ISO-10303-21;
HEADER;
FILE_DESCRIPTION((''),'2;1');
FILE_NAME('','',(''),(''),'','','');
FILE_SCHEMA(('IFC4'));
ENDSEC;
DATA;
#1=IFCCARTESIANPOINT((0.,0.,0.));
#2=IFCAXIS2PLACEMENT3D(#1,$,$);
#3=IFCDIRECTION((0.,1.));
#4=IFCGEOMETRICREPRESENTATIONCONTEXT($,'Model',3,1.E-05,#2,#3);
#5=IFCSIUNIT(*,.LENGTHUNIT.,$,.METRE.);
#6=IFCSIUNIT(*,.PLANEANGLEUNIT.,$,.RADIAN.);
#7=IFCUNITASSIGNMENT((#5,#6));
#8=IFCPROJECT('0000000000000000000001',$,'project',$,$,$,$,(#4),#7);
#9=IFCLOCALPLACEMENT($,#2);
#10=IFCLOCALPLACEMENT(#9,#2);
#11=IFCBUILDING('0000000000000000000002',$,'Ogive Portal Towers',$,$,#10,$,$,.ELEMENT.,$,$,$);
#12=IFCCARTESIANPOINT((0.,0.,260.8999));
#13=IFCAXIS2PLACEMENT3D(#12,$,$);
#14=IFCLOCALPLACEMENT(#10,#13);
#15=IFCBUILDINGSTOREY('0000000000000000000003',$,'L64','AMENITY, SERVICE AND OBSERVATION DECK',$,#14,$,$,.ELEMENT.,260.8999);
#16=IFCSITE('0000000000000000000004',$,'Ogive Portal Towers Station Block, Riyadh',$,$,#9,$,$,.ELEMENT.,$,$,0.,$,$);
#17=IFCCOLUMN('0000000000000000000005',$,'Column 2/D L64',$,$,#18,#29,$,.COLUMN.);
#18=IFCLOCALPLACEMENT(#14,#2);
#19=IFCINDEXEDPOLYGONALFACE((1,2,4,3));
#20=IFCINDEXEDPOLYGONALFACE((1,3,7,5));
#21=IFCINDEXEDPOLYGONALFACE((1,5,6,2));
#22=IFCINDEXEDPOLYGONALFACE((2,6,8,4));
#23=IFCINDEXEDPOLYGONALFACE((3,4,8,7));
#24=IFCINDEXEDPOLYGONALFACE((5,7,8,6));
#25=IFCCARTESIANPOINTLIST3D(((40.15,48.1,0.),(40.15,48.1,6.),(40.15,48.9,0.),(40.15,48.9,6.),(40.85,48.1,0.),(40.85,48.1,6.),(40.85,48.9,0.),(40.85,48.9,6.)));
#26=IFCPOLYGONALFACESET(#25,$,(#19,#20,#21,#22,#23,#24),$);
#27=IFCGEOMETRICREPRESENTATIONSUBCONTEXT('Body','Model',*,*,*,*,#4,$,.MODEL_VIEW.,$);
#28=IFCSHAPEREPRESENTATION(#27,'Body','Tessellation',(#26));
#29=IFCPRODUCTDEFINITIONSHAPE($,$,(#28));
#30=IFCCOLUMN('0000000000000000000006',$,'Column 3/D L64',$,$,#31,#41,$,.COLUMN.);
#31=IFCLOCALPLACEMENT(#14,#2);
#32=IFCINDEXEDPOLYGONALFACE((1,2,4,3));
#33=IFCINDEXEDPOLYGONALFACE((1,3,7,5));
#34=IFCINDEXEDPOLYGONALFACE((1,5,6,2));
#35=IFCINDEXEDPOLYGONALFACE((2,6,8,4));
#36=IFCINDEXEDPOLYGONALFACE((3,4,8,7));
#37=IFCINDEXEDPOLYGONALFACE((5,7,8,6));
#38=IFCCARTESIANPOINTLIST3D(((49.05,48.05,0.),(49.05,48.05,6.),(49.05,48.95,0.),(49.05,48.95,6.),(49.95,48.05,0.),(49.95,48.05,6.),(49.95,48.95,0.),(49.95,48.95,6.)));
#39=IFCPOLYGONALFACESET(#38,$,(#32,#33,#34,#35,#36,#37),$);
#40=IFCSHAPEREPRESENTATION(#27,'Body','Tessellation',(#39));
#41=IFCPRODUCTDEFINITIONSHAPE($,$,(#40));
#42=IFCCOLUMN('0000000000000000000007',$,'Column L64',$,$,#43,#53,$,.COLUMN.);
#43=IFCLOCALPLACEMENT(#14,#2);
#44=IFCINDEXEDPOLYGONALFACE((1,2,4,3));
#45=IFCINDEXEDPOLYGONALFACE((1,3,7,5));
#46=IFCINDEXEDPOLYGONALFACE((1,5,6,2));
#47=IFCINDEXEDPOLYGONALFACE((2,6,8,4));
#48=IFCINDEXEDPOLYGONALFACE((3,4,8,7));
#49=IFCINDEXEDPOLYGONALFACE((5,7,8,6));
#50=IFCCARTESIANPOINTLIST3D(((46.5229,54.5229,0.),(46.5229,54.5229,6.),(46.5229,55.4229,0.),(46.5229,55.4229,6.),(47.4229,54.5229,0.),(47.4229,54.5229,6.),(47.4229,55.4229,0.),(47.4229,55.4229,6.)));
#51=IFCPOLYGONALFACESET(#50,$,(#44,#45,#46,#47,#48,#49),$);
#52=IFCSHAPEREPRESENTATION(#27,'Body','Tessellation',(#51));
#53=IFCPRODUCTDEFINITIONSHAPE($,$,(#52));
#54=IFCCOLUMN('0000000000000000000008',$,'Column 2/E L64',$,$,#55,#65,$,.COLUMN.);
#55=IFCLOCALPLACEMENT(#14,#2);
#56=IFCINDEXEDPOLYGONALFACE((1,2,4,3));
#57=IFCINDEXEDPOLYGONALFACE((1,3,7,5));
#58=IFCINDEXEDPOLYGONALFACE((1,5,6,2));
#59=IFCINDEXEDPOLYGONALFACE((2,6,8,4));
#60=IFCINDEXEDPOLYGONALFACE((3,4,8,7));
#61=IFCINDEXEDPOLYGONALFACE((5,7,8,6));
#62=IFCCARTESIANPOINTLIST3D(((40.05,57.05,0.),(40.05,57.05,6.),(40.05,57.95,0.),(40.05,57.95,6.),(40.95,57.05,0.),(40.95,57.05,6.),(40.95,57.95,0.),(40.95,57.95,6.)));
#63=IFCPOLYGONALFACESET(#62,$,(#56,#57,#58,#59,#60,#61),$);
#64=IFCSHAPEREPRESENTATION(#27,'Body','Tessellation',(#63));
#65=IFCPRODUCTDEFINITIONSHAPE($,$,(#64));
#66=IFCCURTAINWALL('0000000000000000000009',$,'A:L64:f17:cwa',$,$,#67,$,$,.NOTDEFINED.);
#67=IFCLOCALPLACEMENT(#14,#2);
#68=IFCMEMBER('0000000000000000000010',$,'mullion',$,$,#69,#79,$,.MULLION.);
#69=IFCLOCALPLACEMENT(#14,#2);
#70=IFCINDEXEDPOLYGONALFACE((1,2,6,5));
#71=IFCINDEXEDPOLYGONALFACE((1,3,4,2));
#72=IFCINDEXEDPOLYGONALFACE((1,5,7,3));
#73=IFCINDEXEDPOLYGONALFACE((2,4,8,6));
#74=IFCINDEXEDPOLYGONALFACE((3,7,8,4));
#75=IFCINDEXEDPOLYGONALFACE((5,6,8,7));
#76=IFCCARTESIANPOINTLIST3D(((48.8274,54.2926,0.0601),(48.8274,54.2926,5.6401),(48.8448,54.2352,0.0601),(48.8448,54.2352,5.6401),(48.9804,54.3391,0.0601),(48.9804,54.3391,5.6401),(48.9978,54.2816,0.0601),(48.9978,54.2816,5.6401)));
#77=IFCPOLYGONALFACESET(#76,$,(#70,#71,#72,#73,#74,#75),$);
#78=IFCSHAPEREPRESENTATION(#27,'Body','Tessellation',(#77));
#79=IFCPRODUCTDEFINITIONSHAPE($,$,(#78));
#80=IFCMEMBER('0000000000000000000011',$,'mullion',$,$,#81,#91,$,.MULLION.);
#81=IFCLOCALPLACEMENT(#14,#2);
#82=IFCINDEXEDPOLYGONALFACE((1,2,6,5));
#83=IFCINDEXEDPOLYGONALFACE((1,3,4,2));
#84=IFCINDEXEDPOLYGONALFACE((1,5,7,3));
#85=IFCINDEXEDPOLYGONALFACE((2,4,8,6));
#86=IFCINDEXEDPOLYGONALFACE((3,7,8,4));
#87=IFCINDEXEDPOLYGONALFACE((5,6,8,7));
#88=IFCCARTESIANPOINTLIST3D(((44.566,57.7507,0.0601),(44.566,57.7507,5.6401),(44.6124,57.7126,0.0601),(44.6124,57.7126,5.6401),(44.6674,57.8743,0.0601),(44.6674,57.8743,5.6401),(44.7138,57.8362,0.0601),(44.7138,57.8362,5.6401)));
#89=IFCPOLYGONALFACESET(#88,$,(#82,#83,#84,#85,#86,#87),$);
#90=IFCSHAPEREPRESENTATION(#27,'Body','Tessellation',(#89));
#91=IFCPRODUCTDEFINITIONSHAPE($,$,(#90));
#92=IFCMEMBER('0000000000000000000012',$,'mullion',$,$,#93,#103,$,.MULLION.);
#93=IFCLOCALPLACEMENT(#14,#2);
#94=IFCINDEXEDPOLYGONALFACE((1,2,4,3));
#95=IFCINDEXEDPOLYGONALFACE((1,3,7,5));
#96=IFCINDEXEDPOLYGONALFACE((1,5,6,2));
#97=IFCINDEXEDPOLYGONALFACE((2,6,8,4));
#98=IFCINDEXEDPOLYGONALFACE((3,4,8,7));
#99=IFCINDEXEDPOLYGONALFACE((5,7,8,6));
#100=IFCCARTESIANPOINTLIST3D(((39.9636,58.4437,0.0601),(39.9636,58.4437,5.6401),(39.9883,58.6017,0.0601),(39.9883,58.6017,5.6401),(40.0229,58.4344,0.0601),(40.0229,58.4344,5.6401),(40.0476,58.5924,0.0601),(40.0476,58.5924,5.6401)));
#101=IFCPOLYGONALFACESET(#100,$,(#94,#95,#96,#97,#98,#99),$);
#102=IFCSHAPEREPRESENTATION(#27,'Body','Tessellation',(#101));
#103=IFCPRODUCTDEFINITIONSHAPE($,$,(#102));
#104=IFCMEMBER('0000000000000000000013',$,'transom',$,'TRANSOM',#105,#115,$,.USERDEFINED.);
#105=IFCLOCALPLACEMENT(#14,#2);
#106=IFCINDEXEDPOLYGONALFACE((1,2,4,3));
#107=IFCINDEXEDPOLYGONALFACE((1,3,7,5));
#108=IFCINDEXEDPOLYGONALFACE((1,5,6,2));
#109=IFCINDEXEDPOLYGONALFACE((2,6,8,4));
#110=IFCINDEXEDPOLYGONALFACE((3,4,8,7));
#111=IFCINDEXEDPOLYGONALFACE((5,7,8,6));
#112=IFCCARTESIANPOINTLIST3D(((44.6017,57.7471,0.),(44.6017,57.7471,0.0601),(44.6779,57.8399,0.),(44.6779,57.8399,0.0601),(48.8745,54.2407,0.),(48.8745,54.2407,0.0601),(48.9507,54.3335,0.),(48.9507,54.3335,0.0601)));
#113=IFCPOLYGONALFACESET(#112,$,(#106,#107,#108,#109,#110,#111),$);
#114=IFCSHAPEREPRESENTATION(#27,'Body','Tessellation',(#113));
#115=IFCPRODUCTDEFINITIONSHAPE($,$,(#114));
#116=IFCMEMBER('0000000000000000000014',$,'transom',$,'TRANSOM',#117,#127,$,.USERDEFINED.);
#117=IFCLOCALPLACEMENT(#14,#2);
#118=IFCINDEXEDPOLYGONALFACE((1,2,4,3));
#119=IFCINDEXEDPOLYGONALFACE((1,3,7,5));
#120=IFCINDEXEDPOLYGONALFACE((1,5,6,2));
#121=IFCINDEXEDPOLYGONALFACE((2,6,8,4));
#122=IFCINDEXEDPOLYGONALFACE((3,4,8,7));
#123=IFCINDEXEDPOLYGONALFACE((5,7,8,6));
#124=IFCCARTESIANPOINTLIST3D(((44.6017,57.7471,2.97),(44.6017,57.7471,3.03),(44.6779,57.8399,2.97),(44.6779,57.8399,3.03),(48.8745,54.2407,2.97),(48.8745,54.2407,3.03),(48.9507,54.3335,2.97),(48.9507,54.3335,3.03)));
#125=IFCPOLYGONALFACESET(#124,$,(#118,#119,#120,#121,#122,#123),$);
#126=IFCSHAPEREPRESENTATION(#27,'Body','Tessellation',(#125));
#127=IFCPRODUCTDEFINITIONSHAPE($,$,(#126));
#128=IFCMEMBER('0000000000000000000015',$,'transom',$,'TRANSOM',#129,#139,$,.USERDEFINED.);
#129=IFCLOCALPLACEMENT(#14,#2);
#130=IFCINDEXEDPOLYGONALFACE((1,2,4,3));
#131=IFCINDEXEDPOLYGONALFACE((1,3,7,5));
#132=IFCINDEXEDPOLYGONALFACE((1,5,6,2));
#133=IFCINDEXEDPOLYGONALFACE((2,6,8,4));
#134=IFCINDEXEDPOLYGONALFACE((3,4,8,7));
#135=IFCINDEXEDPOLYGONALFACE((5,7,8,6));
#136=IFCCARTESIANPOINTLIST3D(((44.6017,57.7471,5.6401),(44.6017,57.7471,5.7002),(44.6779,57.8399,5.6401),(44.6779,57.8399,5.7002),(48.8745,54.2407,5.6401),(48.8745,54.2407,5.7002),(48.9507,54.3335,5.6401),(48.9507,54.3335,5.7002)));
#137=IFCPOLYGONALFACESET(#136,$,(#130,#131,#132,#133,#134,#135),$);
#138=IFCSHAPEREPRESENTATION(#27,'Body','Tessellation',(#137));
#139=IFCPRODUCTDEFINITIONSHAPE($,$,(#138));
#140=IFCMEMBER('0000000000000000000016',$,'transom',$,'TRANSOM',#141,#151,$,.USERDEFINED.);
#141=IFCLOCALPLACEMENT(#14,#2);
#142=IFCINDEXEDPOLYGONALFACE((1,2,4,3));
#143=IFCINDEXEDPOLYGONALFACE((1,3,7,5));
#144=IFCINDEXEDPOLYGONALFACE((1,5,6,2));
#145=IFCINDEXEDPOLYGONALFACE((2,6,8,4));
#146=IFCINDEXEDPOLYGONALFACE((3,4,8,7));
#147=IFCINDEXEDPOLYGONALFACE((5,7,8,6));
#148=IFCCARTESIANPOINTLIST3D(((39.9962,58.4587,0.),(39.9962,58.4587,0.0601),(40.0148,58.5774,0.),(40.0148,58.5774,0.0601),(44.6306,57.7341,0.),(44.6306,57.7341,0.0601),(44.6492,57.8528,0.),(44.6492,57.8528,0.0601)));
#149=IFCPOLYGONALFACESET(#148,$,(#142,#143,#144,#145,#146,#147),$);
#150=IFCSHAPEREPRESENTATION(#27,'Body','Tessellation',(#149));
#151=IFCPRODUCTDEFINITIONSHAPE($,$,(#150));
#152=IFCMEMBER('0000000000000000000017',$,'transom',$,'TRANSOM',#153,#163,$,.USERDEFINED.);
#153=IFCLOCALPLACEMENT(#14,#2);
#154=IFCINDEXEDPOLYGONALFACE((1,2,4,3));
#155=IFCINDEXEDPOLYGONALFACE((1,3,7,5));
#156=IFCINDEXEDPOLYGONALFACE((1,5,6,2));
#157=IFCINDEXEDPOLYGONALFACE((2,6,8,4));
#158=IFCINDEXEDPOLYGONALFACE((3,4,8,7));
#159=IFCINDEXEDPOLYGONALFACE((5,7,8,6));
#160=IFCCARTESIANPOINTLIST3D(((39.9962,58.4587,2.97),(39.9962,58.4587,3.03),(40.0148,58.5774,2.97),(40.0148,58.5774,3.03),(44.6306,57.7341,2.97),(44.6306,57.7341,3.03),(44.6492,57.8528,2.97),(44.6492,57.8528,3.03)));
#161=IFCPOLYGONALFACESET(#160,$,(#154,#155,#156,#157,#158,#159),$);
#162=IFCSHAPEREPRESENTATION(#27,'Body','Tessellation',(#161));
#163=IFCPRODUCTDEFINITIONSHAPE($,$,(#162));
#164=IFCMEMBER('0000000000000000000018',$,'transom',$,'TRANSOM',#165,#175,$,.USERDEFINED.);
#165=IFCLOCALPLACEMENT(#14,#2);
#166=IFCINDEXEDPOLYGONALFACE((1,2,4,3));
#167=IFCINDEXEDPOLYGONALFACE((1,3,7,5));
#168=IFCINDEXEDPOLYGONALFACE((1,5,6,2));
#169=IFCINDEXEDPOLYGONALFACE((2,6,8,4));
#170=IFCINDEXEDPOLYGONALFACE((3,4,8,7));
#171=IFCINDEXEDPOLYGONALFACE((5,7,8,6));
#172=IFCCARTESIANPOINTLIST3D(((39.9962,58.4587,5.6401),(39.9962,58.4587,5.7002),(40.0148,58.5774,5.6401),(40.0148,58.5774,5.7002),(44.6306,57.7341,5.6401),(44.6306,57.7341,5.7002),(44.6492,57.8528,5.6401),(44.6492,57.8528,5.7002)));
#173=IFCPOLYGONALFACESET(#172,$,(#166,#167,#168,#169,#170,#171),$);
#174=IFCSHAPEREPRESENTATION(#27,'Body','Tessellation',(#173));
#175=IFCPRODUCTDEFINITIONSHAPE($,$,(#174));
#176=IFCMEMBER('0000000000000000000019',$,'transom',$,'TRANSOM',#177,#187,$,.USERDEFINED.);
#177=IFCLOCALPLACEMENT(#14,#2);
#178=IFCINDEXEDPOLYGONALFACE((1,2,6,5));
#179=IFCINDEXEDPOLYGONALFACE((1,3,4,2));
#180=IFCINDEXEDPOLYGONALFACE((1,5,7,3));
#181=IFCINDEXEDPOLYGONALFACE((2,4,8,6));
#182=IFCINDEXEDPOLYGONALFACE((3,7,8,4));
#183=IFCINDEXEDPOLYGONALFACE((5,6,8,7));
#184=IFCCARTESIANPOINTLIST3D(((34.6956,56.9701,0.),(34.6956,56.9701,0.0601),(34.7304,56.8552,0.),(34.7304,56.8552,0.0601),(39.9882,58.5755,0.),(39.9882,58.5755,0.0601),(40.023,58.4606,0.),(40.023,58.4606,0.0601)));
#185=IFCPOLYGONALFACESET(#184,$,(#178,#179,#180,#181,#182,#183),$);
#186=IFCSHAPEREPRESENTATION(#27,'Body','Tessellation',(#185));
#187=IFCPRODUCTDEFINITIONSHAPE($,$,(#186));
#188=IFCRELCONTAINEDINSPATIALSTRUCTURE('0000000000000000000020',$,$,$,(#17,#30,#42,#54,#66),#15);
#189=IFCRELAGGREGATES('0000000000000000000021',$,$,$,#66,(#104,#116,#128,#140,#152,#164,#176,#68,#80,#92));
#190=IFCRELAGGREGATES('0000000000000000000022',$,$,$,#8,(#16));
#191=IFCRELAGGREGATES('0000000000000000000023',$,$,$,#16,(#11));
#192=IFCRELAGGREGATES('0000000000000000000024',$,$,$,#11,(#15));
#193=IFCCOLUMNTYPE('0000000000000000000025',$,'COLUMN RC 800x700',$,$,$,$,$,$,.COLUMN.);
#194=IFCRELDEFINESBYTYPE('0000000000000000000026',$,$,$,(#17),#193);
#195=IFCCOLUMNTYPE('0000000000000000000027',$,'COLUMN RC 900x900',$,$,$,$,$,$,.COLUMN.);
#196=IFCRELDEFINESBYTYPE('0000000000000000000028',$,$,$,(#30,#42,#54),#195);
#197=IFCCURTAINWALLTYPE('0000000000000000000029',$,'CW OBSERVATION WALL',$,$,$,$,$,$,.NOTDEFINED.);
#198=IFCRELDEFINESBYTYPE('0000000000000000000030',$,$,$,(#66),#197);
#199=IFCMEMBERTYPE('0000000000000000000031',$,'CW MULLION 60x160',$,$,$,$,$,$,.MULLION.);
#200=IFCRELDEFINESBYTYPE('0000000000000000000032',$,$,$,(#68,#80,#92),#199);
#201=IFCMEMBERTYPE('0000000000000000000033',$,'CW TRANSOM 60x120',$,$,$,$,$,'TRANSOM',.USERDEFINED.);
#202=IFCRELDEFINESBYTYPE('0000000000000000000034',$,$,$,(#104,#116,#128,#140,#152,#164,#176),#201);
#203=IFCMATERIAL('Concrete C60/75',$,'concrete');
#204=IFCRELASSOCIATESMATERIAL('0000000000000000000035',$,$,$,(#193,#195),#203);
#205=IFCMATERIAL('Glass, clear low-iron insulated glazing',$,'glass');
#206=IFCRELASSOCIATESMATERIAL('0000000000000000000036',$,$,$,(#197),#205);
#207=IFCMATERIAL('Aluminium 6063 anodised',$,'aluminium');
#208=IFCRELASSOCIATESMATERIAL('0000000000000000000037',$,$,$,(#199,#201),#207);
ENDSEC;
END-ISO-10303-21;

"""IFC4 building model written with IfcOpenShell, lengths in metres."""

from ifc_helpers import new_model, si_unit, direction, frame, origin, origin_2d, place, context, subcontext, project, spatial, rectangle, extrude, material, material_profile, profile_set, type_object, element, aggregate, save


model = new_model("IFC4")

# Units and contexts
model_context = context("Model", 3, precision=1e-05, world=origin(), true_north=direction((0.0, 1.0)))
body_context = subcontext(model_context, "Body", "Model", "MODEL_VIEW")
ifc_project = project(units=[si_unit("LENGTHUNIT", "METRE"), si_unit("PLANEANGLEUNIT", "RADIAN")], contexts=[model_context])

# Site, building, storey
site_placement = place(None, origin())
site = spatial("IfcSite", under=ifc_project, at=site_placement, Name="Ogive Portal Towers Station Block, Riyadh", CompositionType="ELEMENT", RefElevation=0.0)
building_placement = place(site_placement, origin())
building = spatial("IfcBuilding", under=site, at=building_placement, Name="Ogive Portal Towers", CompositionType="ELEMENT")
storey_placement = place(building_placement, frame((0.0, 0.0, 260.8999)))
storey = spatial("IfcBuildingStorey", under=building, at=storey_placement, Name="L64", Description="AMENITY, SERVICE AND OBSERVATION DECK", CompositionType="ELEMENT", Elevation=260.8999)

# Columns
ifc_material_1 = material(Name="Concrete C60/75", Category="concrete")
ifc_material_profile_1 = material_profile(ifc_material_1, rectangle(XDim=0.8, YDim=0.7, at=origin_2d()), Name="RC 800x700")
ifc_profile_set_1 = profile_set([ifc_material_profile_1], Name="Concrete C60/75")
column_type_1 = type_object("IfcColumnType", Name="COLUMN RC 800x700", PredefinedType="COLUMN", material=ifc_profile_set_1)
column_placement = place(storey_placement, frame((40.5, 48.5, 0.0), z_axis=(0.0, 0.0, 1.0), x_axis=(0.0, 1.0, 0.0)))
element("IfcColumn", 1, at=column_placement, inside=storey, type_object=column_type_1, Name="Column 2/D L64", PredefinedType="COLUMN", context=body_context, shape_type="SweptSolid", body=[
    extrude(rectangle(XDim=0.8, YDim=0.7, at=origin_2d()), origin(), (0.0, 0.0, 1.0), 6.0),
])
ifc_material_profile_2 = material_profile(ifc_material_1, rectangle(XDim=0.8999, YDim=0.8999, at=origin_2d()), Name="RC 900x900")
ifc_profile_set_2 = profile_set([ifc_material_profile_2], Name="Concrete C60/75")
column_type_2 = type_object("IfcColumnType", Name="COLUMN RC 900x900", PredefinedType="COLUMN", material=ifc_profile_set_2)
for number, where, z_axis, x_axis, name in (
    (2, (49.5, 48.5, 0.0), (0.0, 0.0, 1.0), (1.0, 0.0, 0.0), "Column 3/D L64"),
    (3, (46.9729, 54.9729, 0.0), (0.0, 0.0, 1.0), (1.0, 0.0, 0.0), "Column L64"),
    (4, (40.5, 57.5, 0.0), (0.0, 0.0, 1.0), (1.0, 0.0, 0.0), "Column 2/E L64"),
):
    element("IfcColumn", number, at=place(storey_placement, frame(where, z_axis=z_axis, x_axis=x_axis)), inside=storey, type_object=column_type_2, Name=name, PredefinedType="COLUMN", context=body_context, shape_type="SweptSolid", body=[
        extrude(rectangle(XDim=0.8999, YDim=0.8999, at=origin_2d()), origin(), (0.0, 0.0, 1.0), 6.0),
    ])

# Curtain wall, members
ifc_material_2 = material(Name="Glass, clear low-iron insulated glazing", Category="glass")
curtain_wall_type = type_object("IfcCurtainWallType", Name="CW OBSERVATION WALL", PredefinedType="NOTDEFINED", material=ifc_material_2)
curtain_wall_placement = place(storey_placement, origin())
curtain_wall = element("IfcCurtainWall", 5, at=curtain_wall_placement, inside=storey, type_object=curtain_wall_type, Name="A:L64:f17:cwa", PredefinedType="NOTDEFINED")
ifc_material_3 = material(Name="Aluminium 6063 anodised", Category="aluminium")
ifc_material_profile_3 = material_profile(ifc_material_3, rectangle(XDim=0.1599, YDim=0.0601, at=origin_2d()), Name="AL 60x160")
ifc_profile_set_3 = profile_set([ifc_material_profile_3], Name="Aluminium 6063 anodised")
member_type_1 = type_object("IfcMemberType", Name="CW MULLION 60x160", PredefinedType="MULLION", material=ifc_profile_set_3)
member_1_placement = place(storey_placement, frame((48.9126, 54.2871, 0.0601), z_axis=(0.0, 0.0, 1.0), x_axis=(-0.95694, -0.290285, 0.0)))
member_1 = element("IfcMember", 6, at=member_1_placement, type_object=member_type_1, Name="mullion", PredefinedType="MULLION", context=body_context, shape_type="SweptSolid", body=[
    extrude(rectangle(XDim=0.1599, YDim=0.0601, at=origin_2d()), origin(), (0.0, 0.0, 1.0), 5.5801),
])
member_2_placement = place(storey_placement, frame((44.6399, 57.7935, 0.0601), z_axis=(0.0, 0.0, 1.0), x_axis=(-0.634393, -0.77301, 0.0)))
member_2 = element("IfcMember", 7, at=member_2_placement, type_object=member_type_1, Name="mullion", PredefinedType="MULLION", context=body_context, shape_type="SweptSolid", body=[
    extrude(rectangle(XDim=0.1599, YDim=0.0601, at=origin_2d()), origin(), (0.0, 0.0, 1.0), 5.5801),
])
member_3_placement = place(storey_placement, frame((40.0056, 58.5181, 0.0601), z_axis=(0.0, 0.0, 1.0), x_axis=(-0.154476, -0.987997, 0.0)))
member_3 = element("IfcMember", 8, at=member_3_placement, type_object=member_type_1, Name="mullion", PredefinedType="MULLION", context=body_context, shape_type="SweptSolid", body=[
    extrude(rectangle(XDim=0.1599, YDim=0.0601, at=origin_2d()), origin(), (0.0, 0.0, 1.0), 5.5801),
])
ifc_material_profile_4 = material_profile(ifc_material_3, rectangle(XDim=0.1201, YDim=0.0601, at=origin_2d()), Name="AL 120x60")
ifc_profile_set_4 = profile_set([ifc_material_profile_4], Name="Aluminium 6063 anodised")
member_type_2 = type_object("IfcMemberType", Name="CW TRANSOM 60x120", ElementType="TRANSOM", PredefinedType="USERDEFINED", material=ifc_profile_set_4)
member_4_placement = place(storey_placement, frame((48.9126, 54.2871, 0.03), z_axis=(-0.773026, 0.634375, 0.0), x_axis=(-0.634375, -0.773026, 0.0)))
member_4 = element("IfcMember", 9, at=member_4_placement, type_object=member_type_2, Name="transom", ObjectType="TRANSOM", PredefinedType="USERDEFINED", context=body_context, shape_type="SweptSolid", body=[
    extrude(rectangle(XDim=0.1201, YDim=0.0601, at=origin_2d()), origin(), (0.0, 0.0, 1.0), 5.5273),
])
member_5_placement = place(storey_placement, frame((48.9126, 54.2871, 3.0), z_axis=(-0.773026, 0.634375, 0.0), x_axis=(-0.634375, -0.773026, 0.0)))
member_5 = element("IfcMember", 10, at=member_5_placement, type_object=member_type_2, Name="transom", ObjectType="TRANSOM", PredefinedType="USERDEFINED", context=body_context, shape_type="SweptSolid", body=[
    extrude(rectangle(XDim=0.1201, YDim=0.0601, at=origin_2d()), origin(), (0.0, 0.0, 1.0), 5.5273),
])
member_6_placement = place(storey_placement, frame((48.9126, 54.2871, 5.6702), z_axis=(-0.773026, 0.634375, 0.0), x_axis=(-0.634375, -0.773026, 0.0)))
member_6 = element("IfcMember", 11, at=member_6_placement, type_object=member_type_2, Name="transom", ObjectType="TRANSOM", PredefinedType="USERDEFINED", context=body_context, shape_type="SweptSolid", body=[
    extrude(rectangle(XDim=0.1201, YDim=0.0601, at=origin_2d()), origin(), (0.0, 0.0, 1.0), 5.5273),
])
member_7_placement = place(storey_placement, frame((44.6399, 57.7935, 0.03), z_axis=(-0.987996, 0.154482, 0.0), x_axis=(-0.154482, -0.987996, 0.0)))
member_7 = element("IfcMember", 12, at=member_7_placement, type_object=member_type_2, Name="transom", ObjectType="TRANSOM", PredefinedType="USERDEFINED", context=body_context, shape_type="SweptSolid", body=[
    extrude(rectangle(XDim=0.1201, YDim=0.0601, at=origin_2d()), origin(), (0.0, 0.0, 1.0), 4.6907),
])
member_8_placement = place(storey_placement, frame((44.6399, 57.7935, 3.0), z_axis=(-0.987996, 0.154482, 0.0), x_axis=(-0.154482, -0.987996, 0.0)))
member_8 = element("IfcMember", 13, at=member_8_placement, type_object=member_type_2, Name="transom", ObjectType="TRANSOM", PredefinedType="USERDEFINED", context=body_context, shape_type="SweptSolid", body=[
    extrude(rectangle(XDim=0.1201, YDim=0.0601, at=origin_2d()), origin(), (0.0, 0.0, 1.0), 4.6907),
])
member_9_placement = place(storey_placement, frame((44.6399, 57.7935, 5.6702), z_axis=(-0.987996, 0.154482, 0.0), x_axis=(-0.154482, -0.987996, 0.0)))
member_9 = element("IfcMember", 14, at=member_9_placement, type_object=member_type_2, Name="transom", ObjectType="TRANSOM", PredefinedType="USERDEFINED", context=body_context, shape_type="SweptSolid", body=[
    extrude(rectangle(XDim=0.1201, YDim=0.0601, at=origin_2d()), origin(), (0.0, 0.0, 1.0), 4.6907),
])
member_10_placement = place(storey_placement, frame((40.0056, 58.5181, 0.03), z_axis=(-0.956943, -0.290274, 0.0), x_axis=(0.290274, -0.956943, 0.0)))
member_10 = element("IfcMember", 15, at=member_10_placement, type_object=member_type_2, Name="transom", ObjectType="TRANSOM", PredefinedType="USERDEFINED", context=body_context, shape_type="SweptSolid", body=[
    extrude(rectangle(XDim=0.1201, YDim=0.0601, at=origin_2d()), origin(), (0.0, 0.0, 1.0), 5.5308),
])
aggregate(curtain_wall, [member_4, member_5, member_6, member_7, member_8, member_9, member_10, member_1, member_2, member_3])

save(model, "model.ifc")
